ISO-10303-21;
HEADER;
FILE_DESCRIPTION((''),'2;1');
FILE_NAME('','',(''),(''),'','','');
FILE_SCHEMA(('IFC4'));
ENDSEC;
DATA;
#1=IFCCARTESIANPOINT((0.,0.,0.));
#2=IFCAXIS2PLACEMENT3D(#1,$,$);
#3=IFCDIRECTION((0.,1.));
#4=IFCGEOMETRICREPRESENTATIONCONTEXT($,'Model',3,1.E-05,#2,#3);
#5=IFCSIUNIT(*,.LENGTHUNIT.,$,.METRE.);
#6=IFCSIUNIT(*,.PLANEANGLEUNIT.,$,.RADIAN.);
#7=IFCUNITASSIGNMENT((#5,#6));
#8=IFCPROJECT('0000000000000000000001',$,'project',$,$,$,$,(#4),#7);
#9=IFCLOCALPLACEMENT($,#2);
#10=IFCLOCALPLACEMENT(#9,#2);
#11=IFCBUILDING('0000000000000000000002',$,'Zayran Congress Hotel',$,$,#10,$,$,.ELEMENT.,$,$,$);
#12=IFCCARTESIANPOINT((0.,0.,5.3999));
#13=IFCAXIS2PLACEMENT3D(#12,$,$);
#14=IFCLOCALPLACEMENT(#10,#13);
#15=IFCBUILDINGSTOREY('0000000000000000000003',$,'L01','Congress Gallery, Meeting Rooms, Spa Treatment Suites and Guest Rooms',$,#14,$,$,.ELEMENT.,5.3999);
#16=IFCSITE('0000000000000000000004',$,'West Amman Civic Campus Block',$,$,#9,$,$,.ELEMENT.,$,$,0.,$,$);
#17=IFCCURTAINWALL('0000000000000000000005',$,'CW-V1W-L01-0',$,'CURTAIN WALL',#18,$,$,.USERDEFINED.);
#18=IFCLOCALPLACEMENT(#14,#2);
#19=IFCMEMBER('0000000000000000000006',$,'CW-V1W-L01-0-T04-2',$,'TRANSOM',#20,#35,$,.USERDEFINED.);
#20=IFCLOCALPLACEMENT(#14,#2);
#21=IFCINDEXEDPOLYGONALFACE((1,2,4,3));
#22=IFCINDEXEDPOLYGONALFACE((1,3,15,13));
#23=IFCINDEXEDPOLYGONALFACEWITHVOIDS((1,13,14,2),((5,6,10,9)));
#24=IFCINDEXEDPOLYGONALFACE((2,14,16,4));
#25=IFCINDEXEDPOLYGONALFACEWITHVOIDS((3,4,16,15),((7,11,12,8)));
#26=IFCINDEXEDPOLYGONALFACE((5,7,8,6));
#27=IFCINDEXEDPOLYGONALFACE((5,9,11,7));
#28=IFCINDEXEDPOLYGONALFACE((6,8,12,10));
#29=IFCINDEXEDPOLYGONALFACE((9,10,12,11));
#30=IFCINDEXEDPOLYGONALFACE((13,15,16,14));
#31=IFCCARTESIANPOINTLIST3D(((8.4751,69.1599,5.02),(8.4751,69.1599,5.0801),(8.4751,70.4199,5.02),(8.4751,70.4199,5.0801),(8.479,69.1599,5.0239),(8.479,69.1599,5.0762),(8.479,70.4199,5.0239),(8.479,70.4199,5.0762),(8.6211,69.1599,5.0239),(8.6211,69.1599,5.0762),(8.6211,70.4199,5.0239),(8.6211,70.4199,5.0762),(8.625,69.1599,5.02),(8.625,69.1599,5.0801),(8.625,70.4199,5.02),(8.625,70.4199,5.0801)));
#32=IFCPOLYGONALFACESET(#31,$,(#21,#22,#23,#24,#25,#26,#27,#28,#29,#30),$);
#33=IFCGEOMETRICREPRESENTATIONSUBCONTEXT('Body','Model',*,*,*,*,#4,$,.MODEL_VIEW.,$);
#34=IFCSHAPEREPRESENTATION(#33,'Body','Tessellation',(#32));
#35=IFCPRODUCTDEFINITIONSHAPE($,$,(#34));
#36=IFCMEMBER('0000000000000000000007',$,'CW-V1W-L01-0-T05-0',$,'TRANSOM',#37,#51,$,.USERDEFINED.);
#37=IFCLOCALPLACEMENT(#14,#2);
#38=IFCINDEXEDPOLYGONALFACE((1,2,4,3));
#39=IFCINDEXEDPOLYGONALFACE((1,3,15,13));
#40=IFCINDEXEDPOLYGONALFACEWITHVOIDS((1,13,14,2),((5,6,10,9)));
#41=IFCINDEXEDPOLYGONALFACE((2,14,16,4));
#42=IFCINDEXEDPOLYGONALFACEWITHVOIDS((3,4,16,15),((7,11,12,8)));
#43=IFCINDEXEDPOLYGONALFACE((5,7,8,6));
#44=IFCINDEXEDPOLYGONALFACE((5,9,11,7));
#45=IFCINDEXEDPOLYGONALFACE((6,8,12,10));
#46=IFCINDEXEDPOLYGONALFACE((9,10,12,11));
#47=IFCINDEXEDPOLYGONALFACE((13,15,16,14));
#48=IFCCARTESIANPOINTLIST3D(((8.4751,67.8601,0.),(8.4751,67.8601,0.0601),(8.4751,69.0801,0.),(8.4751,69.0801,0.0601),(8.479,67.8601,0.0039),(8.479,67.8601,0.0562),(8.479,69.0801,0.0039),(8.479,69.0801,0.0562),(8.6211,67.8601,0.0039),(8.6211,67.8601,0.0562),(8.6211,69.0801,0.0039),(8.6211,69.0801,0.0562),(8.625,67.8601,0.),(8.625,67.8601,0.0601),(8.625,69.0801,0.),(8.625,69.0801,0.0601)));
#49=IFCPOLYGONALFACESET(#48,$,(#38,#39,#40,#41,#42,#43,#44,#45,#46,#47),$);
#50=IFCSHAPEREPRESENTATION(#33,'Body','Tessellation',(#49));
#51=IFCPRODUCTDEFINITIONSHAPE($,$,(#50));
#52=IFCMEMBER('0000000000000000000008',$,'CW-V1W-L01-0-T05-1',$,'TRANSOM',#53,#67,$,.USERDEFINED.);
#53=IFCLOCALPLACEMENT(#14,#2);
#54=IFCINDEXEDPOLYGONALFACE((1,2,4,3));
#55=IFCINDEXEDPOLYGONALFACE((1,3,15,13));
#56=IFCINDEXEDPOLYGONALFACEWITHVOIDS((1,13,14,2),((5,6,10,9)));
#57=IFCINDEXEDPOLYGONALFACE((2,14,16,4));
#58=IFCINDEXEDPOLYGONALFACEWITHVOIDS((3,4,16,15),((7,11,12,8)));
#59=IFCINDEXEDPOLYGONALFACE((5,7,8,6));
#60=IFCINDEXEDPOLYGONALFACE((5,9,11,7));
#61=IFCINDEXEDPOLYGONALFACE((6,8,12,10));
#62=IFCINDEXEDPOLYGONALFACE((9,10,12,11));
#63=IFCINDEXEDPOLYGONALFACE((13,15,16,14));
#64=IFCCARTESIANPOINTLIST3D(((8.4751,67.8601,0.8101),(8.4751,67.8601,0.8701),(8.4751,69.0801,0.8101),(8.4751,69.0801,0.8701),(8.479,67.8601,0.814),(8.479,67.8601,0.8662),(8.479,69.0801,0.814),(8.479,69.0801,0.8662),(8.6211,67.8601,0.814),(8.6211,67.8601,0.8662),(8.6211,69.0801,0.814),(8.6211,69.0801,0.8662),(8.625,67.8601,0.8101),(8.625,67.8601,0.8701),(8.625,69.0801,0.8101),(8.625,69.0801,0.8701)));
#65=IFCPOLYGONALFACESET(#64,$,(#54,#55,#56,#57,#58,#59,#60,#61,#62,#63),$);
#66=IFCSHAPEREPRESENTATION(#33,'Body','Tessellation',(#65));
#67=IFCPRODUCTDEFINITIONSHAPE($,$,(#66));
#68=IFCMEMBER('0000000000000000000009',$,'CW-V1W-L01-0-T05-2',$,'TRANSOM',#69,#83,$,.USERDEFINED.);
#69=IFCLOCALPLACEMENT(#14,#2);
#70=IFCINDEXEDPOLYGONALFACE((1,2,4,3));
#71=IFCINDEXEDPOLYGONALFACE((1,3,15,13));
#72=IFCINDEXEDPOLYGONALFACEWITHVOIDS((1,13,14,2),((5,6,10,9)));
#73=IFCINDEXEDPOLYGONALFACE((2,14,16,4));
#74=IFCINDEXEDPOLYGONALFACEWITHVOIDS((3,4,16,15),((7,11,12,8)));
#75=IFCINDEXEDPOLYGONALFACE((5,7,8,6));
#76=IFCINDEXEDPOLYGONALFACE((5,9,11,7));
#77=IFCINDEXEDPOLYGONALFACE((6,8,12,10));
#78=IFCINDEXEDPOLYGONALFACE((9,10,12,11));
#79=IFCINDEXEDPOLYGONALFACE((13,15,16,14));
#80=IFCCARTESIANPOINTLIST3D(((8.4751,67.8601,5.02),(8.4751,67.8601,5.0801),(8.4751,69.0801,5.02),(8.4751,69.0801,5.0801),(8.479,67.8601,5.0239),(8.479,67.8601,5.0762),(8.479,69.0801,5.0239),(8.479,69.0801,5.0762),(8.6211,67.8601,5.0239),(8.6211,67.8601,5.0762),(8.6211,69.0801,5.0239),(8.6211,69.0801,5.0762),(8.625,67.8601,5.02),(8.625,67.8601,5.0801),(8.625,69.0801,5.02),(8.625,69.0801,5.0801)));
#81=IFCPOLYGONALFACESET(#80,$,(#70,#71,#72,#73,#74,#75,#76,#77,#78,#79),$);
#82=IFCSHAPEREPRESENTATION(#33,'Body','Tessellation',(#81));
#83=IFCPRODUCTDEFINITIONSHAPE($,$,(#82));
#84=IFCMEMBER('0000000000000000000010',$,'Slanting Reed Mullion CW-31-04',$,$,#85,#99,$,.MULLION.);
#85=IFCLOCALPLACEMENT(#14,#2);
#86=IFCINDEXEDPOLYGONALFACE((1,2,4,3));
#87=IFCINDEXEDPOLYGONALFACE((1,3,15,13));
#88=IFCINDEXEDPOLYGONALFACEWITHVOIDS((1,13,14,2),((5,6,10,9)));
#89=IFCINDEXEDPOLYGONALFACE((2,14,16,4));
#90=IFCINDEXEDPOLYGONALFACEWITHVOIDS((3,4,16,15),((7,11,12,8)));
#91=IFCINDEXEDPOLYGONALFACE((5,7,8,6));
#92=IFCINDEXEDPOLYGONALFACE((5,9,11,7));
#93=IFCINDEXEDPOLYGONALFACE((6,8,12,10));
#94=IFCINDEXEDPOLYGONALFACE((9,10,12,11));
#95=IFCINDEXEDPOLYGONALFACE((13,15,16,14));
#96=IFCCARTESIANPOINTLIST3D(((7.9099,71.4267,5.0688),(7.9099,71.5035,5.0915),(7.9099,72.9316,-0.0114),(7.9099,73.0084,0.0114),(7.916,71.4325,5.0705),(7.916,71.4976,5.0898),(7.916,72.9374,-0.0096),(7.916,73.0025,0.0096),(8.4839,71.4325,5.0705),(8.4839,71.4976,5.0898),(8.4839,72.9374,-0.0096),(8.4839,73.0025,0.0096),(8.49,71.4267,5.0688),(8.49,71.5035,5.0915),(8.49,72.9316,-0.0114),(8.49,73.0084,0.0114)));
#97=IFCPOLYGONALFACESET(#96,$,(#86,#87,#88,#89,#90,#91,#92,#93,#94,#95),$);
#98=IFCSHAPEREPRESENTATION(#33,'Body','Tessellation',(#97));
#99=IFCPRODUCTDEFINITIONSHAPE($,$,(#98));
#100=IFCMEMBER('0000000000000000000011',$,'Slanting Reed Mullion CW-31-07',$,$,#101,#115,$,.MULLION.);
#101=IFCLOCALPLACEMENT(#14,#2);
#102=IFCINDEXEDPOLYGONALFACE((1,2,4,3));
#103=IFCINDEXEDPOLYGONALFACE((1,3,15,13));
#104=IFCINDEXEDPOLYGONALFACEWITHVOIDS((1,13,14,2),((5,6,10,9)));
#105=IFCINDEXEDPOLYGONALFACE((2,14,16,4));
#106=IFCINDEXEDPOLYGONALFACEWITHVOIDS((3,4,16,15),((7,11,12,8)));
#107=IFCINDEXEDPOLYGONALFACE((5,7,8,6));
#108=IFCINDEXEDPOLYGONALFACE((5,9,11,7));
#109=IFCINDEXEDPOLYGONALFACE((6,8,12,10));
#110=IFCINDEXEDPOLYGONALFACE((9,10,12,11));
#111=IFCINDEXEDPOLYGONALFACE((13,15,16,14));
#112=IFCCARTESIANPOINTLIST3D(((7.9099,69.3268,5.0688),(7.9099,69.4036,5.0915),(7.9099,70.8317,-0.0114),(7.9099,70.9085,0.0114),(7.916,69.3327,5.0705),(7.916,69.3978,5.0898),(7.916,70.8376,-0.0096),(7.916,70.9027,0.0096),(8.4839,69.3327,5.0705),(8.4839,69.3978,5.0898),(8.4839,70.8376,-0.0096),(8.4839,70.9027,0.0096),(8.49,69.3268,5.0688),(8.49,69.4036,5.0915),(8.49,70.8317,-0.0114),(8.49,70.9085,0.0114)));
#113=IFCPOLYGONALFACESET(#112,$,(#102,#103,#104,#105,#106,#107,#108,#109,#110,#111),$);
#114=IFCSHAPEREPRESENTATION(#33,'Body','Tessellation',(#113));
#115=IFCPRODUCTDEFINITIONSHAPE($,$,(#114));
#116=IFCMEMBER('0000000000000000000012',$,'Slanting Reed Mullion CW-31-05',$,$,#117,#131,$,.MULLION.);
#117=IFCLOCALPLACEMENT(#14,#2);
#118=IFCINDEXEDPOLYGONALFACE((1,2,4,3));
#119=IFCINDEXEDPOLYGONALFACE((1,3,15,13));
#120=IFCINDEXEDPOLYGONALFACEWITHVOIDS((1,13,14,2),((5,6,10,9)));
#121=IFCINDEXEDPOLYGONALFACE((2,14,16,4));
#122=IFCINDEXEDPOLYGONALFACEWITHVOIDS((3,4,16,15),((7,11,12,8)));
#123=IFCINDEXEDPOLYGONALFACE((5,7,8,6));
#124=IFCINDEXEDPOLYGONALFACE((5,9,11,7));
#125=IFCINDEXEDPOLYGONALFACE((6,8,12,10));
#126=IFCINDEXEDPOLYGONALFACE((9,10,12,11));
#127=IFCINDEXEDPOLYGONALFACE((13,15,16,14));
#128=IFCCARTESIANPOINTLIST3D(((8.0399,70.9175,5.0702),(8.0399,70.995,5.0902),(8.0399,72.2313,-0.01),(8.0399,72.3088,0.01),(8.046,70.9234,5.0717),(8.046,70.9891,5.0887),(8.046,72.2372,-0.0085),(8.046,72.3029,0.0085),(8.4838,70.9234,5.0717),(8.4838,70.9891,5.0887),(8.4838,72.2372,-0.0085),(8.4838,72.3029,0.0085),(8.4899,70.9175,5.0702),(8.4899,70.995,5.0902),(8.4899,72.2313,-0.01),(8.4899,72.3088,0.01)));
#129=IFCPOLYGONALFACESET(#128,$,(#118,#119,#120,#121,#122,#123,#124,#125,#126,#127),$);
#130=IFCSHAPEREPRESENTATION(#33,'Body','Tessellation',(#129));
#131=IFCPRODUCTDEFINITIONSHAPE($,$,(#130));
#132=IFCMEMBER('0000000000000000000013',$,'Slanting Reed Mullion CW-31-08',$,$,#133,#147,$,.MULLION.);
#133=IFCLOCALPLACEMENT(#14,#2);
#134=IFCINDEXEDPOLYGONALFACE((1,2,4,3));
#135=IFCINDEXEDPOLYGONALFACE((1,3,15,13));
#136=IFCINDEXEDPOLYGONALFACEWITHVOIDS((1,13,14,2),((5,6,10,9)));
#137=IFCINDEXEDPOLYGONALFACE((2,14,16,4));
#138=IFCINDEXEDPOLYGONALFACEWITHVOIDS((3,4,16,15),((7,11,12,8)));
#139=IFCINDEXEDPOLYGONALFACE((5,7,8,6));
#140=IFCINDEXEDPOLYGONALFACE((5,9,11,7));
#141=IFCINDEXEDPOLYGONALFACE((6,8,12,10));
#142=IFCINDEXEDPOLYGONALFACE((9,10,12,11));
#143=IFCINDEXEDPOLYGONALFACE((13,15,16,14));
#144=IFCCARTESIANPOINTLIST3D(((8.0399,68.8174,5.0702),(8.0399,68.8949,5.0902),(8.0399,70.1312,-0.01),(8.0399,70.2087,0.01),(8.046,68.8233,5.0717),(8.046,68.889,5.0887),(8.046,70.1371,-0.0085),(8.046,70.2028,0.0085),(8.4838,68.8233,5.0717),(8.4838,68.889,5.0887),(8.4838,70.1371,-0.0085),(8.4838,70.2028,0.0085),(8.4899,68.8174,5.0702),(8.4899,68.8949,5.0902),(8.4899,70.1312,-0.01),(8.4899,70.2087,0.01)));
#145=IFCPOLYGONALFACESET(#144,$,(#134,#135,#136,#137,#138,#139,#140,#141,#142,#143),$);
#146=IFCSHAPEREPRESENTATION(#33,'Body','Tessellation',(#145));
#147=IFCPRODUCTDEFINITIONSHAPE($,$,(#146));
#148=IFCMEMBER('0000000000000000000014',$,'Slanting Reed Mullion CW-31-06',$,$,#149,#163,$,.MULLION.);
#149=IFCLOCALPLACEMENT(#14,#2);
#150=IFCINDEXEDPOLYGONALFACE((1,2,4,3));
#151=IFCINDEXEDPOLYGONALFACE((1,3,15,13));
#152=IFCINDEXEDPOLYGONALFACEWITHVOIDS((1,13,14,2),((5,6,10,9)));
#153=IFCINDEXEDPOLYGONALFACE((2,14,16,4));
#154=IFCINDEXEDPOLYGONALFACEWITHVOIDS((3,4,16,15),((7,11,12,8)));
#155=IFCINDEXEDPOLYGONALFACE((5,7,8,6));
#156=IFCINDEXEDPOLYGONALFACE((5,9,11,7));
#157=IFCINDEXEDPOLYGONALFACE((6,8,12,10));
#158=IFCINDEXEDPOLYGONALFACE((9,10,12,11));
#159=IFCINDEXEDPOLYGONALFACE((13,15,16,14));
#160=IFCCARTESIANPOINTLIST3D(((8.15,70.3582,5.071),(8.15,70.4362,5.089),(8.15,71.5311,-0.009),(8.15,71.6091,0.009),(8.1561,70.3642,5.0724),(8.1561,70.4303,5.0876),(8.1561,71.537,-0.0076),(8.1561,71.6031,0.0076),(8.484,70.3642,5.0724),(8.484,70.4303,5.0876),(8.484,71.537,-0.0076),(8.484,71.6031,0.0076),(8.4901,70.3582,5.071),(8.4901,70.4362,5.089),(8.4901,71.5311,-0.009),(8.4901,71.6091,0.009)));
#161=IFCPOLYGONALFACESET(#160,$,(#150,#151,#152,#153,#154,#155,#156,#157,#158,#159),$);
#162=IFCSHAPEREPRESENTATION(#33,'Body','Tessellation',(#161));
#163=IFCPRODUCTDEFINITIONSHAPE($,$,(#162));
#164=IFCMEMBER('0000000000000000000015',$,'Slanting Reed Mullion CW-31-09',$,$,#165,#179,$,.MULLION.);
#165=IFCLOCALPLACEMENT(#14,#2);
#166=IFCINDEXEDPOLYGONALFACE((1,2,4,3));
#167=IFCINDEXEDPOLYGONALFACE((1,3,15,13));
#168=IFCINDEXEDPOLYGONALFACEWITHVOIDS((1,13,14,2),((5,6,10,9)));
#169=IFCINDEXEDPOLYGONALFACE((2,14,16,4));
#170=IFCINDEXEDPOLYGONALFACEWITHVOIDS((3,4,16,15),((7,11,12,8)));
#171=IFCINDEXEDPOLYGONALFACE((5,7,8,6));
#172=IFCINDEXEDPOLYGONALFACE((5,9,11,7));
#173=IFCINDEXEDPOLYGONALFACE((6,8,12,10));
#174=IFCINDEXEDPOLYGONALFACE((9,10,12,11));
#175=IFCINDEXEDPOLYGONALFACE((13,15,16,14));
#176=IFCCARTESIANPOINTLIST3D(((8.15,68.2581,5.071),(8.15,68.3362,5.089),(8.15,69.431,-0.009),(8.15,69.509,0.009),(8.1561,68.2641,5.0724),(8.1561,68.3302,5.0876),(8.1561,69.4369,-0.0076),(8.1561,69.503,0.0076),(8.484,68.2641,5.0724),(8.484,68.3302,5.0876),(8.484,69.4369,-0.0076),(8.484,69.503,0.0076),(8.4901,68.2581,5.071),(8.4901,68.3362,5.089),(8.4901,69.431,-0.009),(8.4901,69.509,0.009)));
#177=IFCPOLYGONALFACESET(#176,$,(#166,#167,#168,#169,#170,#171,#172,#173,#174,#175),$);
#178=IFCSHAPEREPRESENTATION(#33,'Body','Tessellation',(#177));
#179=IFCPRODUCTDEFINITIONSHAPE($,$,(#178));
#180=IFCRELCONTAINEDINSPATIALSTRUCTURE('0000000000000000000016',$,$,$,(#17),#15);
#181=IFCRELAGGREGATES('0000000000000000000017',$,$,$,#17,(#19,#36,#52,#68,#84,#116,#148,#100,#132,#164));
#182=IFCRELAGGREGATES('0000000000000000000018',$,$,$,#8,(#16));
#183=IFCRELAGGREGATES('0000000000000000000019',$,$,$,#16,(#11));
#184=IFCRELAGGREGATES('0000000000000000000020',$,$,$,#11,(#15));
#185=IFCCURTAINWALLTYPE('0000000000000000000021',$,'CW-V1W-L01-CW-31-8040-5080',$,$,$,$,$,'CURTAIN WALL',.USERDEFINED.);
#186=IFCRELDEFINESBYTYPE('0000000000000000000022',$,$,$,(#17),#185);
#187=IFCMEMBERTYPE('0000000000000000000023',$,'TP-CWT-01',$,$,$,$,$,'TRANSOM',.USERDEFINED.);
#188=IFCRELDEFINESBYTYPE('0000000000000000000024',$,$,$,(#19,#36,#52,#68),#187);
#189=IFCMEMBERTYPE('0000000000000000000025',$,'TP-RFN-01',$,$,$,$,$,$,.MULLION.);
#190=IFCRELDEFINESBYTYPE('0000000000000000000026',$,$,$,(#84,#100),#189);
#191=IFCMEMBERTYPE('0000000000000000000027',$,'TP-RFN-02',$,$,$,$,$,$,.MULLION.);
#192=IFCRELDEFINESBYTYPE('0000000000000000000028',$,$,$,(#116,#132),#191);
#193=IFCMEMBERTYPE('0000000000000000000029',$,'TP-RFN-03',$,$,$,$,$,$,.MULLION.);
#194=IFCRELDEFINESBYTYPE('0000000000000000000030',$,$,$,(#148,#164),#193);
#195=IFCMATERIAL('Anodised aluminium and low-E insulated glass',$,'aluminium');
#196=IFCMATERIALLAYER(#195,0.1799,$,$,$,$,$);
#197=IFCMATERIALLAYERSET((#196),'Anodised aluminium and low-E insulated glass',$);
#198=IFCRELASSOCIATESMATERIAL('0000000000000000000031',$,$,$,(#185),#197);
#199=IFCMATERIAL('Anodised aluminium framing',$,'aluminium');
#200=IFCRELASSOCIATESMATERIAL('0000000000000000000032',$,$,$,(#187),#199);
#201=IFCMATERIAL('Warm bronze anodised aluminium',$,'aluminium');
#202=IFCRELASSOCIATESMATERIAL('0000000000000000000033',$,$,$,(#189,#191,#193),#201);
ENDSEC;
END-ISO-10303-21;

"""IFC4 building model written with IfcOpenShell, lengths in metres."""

from ifc_helpers import new_model, si_unit, direction, frame, origin, origin_2d, place, context, subcontext, project, spatial, hollow_rectangle, extrude, material, layer, layer_set, material_profile, profile_set, type_object, element, aggregate, save


model = new_model("IFC4")

# Units and contexts
model_context = context("Model", 3, precision=1e-05, world=origin(), true_north=direction((0.0, 1.0)))
body_context = subcontext(model_context, "Body", "Model", "MODEL_VIEW")
ifc_project = project(units=[si_unit("LENGTHUNIT", "METRE"), si_unit("PLANEANGLEUNIT", "RADIAN")], contexts=[model_context])

# Site, building, storey
site_placement = place(None, origin())
site = spatial("IfcSite", under=ifc_project, at=site_placement, Name="West Amman Civic Campus Block", CompositionType="ELEMENT", RefElevation=0.0)
building_placement = place(site_placement, origin())
building = spatial("IfcBuilding", under=site, at=building_placement, Name="Zayran Congress Hotel", CompositionType="ELEMENT")
storey_placement = place(building_placement, frame((0.0, 0.0, 5.3999)))
storey = spatial("IfcBuildingStorey", under=building, at=storey_placement, Name="L01", Description="Congress Gallery, Meeting Rooms, Spa Treatment Suites and Guest Rooms", CompositionType="ELEMENT", Elevation=5.3999)

# Curtain wall, members
ifc_material_1 = material(Name="Anodised aluminium and low-E insulated glass", Category="aluminium")
ifc_layer_1 = layer(ifc_material_1, 0.1799)
ifc_layer_set_1 = layer_set([ifc_layer_1], Name="Anodised aluminium and low-E insulated glass")
curtain_wall_type = type_object("IfcCurtainWallType", Name="CW-V1W-L01-CW-31-8040-5080", ElementType="CURTAIN WALL", PredefinedType="USERDEFINED", material=ifc_layer_set_1)
curtain_wall_placement = place(storey_placement, origin())
curtain_wall = element("IfcCurtainWall", 1, at=curtain_wall_placement, inside=storey, type_object=curtain_wall_type, Name="CW-V1W-L01-0", ObjectType="CURTAIN WALL", PredefinedType="USERDEFINED")
ifc_material_2 = material(Name="Anodised aluminium framing", Category="aluminium")
ifc_material_profile_1 = material_profile(ifc_material_2, hollow_rectangle(XDim=0.0601, YDim=0.1499, WallThickness=0.0039, at=origin_2d()), Name="RHS 150x60x4")
ifc_profile_set_1 = profile_set([ifc_material_profile_1], Name="Anodised aluminium framing")
member_type_1 = type_object("IfcMemberType", Name="TP-CWT-01", ElementType="TRANSOM", PredefinedType="USERDEFINED", material=ifc_profile_set_1)
member_1_placement = place(storey_placement, frame((8.55, 70.4199, 5.05), z_axis=(0.0, -1.0, 0.0), x_axis=(0.0, 0.0, 1.0)))
member_1 = element("IfcMember", 2, at=member_1_placement, type_object=member_type_1, Name="CW-V1W-L01-0-T04-2", ObjectType="TRANSOM", PredefinedType="USERDEFINED", context=body_context, shape_type="SweptSolid", body=[
    extrude(hollow_rectangle(XDim=0.0601, YDim=0.1499, WallThickness=0.0039, at=origin_2d()), origin(), (0.0, 0.0, 1.0), 1.26),
])
member_2_placement = place(storey_placement, frame((8.55, 69.0801, 0.03), z_axis=(0.0, -1.0, 0.0), x_axis=(0.0, 0.0, 1.0)))
member_2 = element("IfcMember", 3, at=member_2_placement, type_object=member_type_1, Name="CW-V1W-L01-0-T05-0", ObjectType="TRANSOM", PredefinedType="USERDEFINED", context=body_context, shape_type="SweptSolid", body=[
    extrude(hollow_rectangle(XDim=0.0601, YDim=0.1499, WallThickness=0.0039, at=origin_2d()), origin(), (0.0, 0.0, 1.0), 1.22),
])
member_3_placement = place(storey_placement, frame((8.55, 69.0801, 0.8401), z_axis=(0.0, -1.0, 0.0), x_axis=(0.0, 0.0, 1.0)))
member_3 = element("IfcMember", 4, at=member_3_placement, type_object=member_type_1, Name="CW-V1W-L01-0-T05-1", ObjectType="TRANSOM", PredefinedType="USERDEFINED", context=body_context, shape_type="SweptSolid", body=[
    extrude(hollow_rectangle(XDim=0.0601, YDim=0.1499, WallThickness=0.0039, at=origin_2d()), origin(), (0.0, 0.0, 1.0), 1.22),
])
member_4_placement = place(storey_placement, frame((8.55, 69.0801, 5.05), z_axis=(0.0, -1.0, 0.0), x_axis=(0.0, 0.0, 1.0)))
member_4 = element("IfcMember", 5, at=member_4_placement, type_object=member_type_1, Name="CW-V1W-L01-0-T05-2", ObjectType="TRANSOM", PredefinedType="USERDEFINED", context=body_context, shape_type="SweptSolid", body=[
    extrude(hollow_rectangle(XDim=0.0601, YDim=0.1499, WallThickness=0.0039, at=origin_2d()), origin(), (0.0, 0.0, 1.0), 1.22),
])
ifc_material_3 = material(Name="Warm bronze anodised aluminium", Category="aluminium")
ifc_material_profile_2 = material_profile(ifc_material_3, hollow_rectangle(XDim=0.0801, YDim=0.5801, WallThickness=0.0061, at=origin_2d()), Name="RHS 580x80x6")
ifc_profile_set_2 = profile_set([ifc_material_profile_2], Name="Warm bronze anodised aluminium")
member_type_2 = type_object("IfcMemberType", Name="TP-RFN-01", PredefinedType="MULLION", material=ifc_profile_set_2)
member_5_placement = place(storey_placement, frame((8.2, 72.97, 0.0), z_axis=(0.0, -0.284032, 0.958815), x_axis=(0.0, 0.958815, 0.284032)))
member_5 = element("IfcMember", 6, at=member_5_placement, type_object=member_type_2, Name="Slanting Reed Mullion CW-31-04", PredefinedType="MULLION", context=body_context, shape_type="SweptSolid", body=[
    extrude(hollow_rectangle(XDim=0.0801, YDim=0.5801, WallThickness=0.0061, at=origin_2d()), origin(), (0.0, 0.0, 1.0), 5.2983),
])
member_6_placement = place(storey_placement, frame((8.2, 70.8701, 0.0), z_axis=(0.0, -0.284032, 0.958815), x_axis=(0.0, 0.958815, 0.284032)))
member_6 = element("IfcMember", 7, at=member_6_placement, type_object=member_type_2, Name="Slanting Reed Mullion CW-31-07", PredefinedType="MULLION", context=body_context, shape_type="SweptSolid", body=[
    extrude(hollow_rectangle(XDim=0.0801, YDim=0.5801, WallThickness=0.0061, at=origin_2d()), origin(), (0.0, 0.0, 1.0), 5.2983),
])
ifc_material_profile_3 = material_profile(ifc_material_3, hollow_rectangle(XDim=0.0801, YDim=0.45, WallThickness=0.0061, at=origin_2d()), Name="RHS 450x80x6")
ifc_profile_set_3 = profile_set([ifc_material_profile_3], Name="Warm bronze anodised aluminium")
member_type_3 = type_object("IfcMemberType", Name="TP-RFN-02", PredefinedType="MULLION", material=ifc_profile_set_3)
member_7_placement = place(storey_placement, frame((8.2649, 72.27, 0.0), z_axis=(0.0, -0.250366, 0.968151), x_axis=(0.0, 0.968151, 0.250366)))
member_7 = element("IfcMember", 8, at=member_7_placement, type_object=member_type_3, Name="Slanting Reed Mullion CW-31-05", PredefinedType="MULLION", context=body_context, shape_type="SweptSolid", body=[
    extrude(hollow_rectangle(XDim=0.0801, YDim=0.45, WallThickness=0.0061, at=origin_2d()), origin(), (0.0, 0.0, 1.0), 5.2473),
])
member_8_placement = place(storey_placement, frame((8.2649, 70.1699, 0.0), z_axis=(0.0, -0.250366, 0.968151), x_axis=(0.0, 0.968151, 0.250366)))
member_8 = element("IfcMember", 9, at=member_8_placement, type_object=member_type_3, Name="Slanting Reed Mullion CW-31-08", PredefinedType="MULLION", context=body_context, shape_type="SweptSolid", body=[
    extrude(hollow_rectangle(XDim=0.0801, YDim=0.45, WallThickness=0.0061, at=origin_2d()), origin(), (0.0, 0.0, 1.0), 5.2473),
])
ifc_material_profile_4 = material_profile(ifc_material_3, hollow_rectangle(XDim=0.0801, YDim=0.3401, WallThickness=0.0061, at=origin_2d()), Name="RHS 340x80x6")
ifc_profile_set_4 = profile_set([ifc_material_profile_4], Name="Warm bronze anodised aluminium")
member_type_4 = type_object("IfcMemberType", Name="TP-RFN-03", PredefinedType="MULLION", material=ifc_profile_set_4)
member_9_placement = place(storey_placement, frame((8.3201, 71.5701, 0.0), z_axis=(0.0, -0.224955, 0.974369), x_axis=(0.0, 0.974369, 0.224955)))
member_9 = element("IfcMember", 10, at=member_9_placement, type_object=member_type_4, Name="Slanting Reed Mullion CW-31-06", PredefinedType="MULLION", context=body_context, shape_type="SweptSolid", body=[
    extrude(hollow_rectangle(XDim=0.0801, YDim=0.3401, WallThickness=0.0061, at=origin_2d()), origin(), (0.0, 0.0, 1.0), 5.2136),
])
member_10_placement = place(storey_placement, frame((8.3201, 69.47, 0.0), z_axis=(0.0, -0.224955, 0.974369), x_axis=(0.0, 0.974369, 0.224955)))
member_10 = element("IfcMember", 11, at=member_10_placement, type_object=member_type_4, Name="Slanting Reed Mullion CW-31-09", PredefinedType="MULLION", context=body_context, shape_type="SweptSolid", body=[
    extrude(hollow_rectangle(XDim=0.0801, YDim=0.3401, WallThickness=0.0061, at=origin_2d()), origin(), (0.0, 0.0, 1.0), 5.2136),
])
aggregate(curtain_wall, [member_1, member_2, member_3, member_4, member_5, member_7, member_9, member_6, member_8, member_10])

save(model, "model.ifc")
